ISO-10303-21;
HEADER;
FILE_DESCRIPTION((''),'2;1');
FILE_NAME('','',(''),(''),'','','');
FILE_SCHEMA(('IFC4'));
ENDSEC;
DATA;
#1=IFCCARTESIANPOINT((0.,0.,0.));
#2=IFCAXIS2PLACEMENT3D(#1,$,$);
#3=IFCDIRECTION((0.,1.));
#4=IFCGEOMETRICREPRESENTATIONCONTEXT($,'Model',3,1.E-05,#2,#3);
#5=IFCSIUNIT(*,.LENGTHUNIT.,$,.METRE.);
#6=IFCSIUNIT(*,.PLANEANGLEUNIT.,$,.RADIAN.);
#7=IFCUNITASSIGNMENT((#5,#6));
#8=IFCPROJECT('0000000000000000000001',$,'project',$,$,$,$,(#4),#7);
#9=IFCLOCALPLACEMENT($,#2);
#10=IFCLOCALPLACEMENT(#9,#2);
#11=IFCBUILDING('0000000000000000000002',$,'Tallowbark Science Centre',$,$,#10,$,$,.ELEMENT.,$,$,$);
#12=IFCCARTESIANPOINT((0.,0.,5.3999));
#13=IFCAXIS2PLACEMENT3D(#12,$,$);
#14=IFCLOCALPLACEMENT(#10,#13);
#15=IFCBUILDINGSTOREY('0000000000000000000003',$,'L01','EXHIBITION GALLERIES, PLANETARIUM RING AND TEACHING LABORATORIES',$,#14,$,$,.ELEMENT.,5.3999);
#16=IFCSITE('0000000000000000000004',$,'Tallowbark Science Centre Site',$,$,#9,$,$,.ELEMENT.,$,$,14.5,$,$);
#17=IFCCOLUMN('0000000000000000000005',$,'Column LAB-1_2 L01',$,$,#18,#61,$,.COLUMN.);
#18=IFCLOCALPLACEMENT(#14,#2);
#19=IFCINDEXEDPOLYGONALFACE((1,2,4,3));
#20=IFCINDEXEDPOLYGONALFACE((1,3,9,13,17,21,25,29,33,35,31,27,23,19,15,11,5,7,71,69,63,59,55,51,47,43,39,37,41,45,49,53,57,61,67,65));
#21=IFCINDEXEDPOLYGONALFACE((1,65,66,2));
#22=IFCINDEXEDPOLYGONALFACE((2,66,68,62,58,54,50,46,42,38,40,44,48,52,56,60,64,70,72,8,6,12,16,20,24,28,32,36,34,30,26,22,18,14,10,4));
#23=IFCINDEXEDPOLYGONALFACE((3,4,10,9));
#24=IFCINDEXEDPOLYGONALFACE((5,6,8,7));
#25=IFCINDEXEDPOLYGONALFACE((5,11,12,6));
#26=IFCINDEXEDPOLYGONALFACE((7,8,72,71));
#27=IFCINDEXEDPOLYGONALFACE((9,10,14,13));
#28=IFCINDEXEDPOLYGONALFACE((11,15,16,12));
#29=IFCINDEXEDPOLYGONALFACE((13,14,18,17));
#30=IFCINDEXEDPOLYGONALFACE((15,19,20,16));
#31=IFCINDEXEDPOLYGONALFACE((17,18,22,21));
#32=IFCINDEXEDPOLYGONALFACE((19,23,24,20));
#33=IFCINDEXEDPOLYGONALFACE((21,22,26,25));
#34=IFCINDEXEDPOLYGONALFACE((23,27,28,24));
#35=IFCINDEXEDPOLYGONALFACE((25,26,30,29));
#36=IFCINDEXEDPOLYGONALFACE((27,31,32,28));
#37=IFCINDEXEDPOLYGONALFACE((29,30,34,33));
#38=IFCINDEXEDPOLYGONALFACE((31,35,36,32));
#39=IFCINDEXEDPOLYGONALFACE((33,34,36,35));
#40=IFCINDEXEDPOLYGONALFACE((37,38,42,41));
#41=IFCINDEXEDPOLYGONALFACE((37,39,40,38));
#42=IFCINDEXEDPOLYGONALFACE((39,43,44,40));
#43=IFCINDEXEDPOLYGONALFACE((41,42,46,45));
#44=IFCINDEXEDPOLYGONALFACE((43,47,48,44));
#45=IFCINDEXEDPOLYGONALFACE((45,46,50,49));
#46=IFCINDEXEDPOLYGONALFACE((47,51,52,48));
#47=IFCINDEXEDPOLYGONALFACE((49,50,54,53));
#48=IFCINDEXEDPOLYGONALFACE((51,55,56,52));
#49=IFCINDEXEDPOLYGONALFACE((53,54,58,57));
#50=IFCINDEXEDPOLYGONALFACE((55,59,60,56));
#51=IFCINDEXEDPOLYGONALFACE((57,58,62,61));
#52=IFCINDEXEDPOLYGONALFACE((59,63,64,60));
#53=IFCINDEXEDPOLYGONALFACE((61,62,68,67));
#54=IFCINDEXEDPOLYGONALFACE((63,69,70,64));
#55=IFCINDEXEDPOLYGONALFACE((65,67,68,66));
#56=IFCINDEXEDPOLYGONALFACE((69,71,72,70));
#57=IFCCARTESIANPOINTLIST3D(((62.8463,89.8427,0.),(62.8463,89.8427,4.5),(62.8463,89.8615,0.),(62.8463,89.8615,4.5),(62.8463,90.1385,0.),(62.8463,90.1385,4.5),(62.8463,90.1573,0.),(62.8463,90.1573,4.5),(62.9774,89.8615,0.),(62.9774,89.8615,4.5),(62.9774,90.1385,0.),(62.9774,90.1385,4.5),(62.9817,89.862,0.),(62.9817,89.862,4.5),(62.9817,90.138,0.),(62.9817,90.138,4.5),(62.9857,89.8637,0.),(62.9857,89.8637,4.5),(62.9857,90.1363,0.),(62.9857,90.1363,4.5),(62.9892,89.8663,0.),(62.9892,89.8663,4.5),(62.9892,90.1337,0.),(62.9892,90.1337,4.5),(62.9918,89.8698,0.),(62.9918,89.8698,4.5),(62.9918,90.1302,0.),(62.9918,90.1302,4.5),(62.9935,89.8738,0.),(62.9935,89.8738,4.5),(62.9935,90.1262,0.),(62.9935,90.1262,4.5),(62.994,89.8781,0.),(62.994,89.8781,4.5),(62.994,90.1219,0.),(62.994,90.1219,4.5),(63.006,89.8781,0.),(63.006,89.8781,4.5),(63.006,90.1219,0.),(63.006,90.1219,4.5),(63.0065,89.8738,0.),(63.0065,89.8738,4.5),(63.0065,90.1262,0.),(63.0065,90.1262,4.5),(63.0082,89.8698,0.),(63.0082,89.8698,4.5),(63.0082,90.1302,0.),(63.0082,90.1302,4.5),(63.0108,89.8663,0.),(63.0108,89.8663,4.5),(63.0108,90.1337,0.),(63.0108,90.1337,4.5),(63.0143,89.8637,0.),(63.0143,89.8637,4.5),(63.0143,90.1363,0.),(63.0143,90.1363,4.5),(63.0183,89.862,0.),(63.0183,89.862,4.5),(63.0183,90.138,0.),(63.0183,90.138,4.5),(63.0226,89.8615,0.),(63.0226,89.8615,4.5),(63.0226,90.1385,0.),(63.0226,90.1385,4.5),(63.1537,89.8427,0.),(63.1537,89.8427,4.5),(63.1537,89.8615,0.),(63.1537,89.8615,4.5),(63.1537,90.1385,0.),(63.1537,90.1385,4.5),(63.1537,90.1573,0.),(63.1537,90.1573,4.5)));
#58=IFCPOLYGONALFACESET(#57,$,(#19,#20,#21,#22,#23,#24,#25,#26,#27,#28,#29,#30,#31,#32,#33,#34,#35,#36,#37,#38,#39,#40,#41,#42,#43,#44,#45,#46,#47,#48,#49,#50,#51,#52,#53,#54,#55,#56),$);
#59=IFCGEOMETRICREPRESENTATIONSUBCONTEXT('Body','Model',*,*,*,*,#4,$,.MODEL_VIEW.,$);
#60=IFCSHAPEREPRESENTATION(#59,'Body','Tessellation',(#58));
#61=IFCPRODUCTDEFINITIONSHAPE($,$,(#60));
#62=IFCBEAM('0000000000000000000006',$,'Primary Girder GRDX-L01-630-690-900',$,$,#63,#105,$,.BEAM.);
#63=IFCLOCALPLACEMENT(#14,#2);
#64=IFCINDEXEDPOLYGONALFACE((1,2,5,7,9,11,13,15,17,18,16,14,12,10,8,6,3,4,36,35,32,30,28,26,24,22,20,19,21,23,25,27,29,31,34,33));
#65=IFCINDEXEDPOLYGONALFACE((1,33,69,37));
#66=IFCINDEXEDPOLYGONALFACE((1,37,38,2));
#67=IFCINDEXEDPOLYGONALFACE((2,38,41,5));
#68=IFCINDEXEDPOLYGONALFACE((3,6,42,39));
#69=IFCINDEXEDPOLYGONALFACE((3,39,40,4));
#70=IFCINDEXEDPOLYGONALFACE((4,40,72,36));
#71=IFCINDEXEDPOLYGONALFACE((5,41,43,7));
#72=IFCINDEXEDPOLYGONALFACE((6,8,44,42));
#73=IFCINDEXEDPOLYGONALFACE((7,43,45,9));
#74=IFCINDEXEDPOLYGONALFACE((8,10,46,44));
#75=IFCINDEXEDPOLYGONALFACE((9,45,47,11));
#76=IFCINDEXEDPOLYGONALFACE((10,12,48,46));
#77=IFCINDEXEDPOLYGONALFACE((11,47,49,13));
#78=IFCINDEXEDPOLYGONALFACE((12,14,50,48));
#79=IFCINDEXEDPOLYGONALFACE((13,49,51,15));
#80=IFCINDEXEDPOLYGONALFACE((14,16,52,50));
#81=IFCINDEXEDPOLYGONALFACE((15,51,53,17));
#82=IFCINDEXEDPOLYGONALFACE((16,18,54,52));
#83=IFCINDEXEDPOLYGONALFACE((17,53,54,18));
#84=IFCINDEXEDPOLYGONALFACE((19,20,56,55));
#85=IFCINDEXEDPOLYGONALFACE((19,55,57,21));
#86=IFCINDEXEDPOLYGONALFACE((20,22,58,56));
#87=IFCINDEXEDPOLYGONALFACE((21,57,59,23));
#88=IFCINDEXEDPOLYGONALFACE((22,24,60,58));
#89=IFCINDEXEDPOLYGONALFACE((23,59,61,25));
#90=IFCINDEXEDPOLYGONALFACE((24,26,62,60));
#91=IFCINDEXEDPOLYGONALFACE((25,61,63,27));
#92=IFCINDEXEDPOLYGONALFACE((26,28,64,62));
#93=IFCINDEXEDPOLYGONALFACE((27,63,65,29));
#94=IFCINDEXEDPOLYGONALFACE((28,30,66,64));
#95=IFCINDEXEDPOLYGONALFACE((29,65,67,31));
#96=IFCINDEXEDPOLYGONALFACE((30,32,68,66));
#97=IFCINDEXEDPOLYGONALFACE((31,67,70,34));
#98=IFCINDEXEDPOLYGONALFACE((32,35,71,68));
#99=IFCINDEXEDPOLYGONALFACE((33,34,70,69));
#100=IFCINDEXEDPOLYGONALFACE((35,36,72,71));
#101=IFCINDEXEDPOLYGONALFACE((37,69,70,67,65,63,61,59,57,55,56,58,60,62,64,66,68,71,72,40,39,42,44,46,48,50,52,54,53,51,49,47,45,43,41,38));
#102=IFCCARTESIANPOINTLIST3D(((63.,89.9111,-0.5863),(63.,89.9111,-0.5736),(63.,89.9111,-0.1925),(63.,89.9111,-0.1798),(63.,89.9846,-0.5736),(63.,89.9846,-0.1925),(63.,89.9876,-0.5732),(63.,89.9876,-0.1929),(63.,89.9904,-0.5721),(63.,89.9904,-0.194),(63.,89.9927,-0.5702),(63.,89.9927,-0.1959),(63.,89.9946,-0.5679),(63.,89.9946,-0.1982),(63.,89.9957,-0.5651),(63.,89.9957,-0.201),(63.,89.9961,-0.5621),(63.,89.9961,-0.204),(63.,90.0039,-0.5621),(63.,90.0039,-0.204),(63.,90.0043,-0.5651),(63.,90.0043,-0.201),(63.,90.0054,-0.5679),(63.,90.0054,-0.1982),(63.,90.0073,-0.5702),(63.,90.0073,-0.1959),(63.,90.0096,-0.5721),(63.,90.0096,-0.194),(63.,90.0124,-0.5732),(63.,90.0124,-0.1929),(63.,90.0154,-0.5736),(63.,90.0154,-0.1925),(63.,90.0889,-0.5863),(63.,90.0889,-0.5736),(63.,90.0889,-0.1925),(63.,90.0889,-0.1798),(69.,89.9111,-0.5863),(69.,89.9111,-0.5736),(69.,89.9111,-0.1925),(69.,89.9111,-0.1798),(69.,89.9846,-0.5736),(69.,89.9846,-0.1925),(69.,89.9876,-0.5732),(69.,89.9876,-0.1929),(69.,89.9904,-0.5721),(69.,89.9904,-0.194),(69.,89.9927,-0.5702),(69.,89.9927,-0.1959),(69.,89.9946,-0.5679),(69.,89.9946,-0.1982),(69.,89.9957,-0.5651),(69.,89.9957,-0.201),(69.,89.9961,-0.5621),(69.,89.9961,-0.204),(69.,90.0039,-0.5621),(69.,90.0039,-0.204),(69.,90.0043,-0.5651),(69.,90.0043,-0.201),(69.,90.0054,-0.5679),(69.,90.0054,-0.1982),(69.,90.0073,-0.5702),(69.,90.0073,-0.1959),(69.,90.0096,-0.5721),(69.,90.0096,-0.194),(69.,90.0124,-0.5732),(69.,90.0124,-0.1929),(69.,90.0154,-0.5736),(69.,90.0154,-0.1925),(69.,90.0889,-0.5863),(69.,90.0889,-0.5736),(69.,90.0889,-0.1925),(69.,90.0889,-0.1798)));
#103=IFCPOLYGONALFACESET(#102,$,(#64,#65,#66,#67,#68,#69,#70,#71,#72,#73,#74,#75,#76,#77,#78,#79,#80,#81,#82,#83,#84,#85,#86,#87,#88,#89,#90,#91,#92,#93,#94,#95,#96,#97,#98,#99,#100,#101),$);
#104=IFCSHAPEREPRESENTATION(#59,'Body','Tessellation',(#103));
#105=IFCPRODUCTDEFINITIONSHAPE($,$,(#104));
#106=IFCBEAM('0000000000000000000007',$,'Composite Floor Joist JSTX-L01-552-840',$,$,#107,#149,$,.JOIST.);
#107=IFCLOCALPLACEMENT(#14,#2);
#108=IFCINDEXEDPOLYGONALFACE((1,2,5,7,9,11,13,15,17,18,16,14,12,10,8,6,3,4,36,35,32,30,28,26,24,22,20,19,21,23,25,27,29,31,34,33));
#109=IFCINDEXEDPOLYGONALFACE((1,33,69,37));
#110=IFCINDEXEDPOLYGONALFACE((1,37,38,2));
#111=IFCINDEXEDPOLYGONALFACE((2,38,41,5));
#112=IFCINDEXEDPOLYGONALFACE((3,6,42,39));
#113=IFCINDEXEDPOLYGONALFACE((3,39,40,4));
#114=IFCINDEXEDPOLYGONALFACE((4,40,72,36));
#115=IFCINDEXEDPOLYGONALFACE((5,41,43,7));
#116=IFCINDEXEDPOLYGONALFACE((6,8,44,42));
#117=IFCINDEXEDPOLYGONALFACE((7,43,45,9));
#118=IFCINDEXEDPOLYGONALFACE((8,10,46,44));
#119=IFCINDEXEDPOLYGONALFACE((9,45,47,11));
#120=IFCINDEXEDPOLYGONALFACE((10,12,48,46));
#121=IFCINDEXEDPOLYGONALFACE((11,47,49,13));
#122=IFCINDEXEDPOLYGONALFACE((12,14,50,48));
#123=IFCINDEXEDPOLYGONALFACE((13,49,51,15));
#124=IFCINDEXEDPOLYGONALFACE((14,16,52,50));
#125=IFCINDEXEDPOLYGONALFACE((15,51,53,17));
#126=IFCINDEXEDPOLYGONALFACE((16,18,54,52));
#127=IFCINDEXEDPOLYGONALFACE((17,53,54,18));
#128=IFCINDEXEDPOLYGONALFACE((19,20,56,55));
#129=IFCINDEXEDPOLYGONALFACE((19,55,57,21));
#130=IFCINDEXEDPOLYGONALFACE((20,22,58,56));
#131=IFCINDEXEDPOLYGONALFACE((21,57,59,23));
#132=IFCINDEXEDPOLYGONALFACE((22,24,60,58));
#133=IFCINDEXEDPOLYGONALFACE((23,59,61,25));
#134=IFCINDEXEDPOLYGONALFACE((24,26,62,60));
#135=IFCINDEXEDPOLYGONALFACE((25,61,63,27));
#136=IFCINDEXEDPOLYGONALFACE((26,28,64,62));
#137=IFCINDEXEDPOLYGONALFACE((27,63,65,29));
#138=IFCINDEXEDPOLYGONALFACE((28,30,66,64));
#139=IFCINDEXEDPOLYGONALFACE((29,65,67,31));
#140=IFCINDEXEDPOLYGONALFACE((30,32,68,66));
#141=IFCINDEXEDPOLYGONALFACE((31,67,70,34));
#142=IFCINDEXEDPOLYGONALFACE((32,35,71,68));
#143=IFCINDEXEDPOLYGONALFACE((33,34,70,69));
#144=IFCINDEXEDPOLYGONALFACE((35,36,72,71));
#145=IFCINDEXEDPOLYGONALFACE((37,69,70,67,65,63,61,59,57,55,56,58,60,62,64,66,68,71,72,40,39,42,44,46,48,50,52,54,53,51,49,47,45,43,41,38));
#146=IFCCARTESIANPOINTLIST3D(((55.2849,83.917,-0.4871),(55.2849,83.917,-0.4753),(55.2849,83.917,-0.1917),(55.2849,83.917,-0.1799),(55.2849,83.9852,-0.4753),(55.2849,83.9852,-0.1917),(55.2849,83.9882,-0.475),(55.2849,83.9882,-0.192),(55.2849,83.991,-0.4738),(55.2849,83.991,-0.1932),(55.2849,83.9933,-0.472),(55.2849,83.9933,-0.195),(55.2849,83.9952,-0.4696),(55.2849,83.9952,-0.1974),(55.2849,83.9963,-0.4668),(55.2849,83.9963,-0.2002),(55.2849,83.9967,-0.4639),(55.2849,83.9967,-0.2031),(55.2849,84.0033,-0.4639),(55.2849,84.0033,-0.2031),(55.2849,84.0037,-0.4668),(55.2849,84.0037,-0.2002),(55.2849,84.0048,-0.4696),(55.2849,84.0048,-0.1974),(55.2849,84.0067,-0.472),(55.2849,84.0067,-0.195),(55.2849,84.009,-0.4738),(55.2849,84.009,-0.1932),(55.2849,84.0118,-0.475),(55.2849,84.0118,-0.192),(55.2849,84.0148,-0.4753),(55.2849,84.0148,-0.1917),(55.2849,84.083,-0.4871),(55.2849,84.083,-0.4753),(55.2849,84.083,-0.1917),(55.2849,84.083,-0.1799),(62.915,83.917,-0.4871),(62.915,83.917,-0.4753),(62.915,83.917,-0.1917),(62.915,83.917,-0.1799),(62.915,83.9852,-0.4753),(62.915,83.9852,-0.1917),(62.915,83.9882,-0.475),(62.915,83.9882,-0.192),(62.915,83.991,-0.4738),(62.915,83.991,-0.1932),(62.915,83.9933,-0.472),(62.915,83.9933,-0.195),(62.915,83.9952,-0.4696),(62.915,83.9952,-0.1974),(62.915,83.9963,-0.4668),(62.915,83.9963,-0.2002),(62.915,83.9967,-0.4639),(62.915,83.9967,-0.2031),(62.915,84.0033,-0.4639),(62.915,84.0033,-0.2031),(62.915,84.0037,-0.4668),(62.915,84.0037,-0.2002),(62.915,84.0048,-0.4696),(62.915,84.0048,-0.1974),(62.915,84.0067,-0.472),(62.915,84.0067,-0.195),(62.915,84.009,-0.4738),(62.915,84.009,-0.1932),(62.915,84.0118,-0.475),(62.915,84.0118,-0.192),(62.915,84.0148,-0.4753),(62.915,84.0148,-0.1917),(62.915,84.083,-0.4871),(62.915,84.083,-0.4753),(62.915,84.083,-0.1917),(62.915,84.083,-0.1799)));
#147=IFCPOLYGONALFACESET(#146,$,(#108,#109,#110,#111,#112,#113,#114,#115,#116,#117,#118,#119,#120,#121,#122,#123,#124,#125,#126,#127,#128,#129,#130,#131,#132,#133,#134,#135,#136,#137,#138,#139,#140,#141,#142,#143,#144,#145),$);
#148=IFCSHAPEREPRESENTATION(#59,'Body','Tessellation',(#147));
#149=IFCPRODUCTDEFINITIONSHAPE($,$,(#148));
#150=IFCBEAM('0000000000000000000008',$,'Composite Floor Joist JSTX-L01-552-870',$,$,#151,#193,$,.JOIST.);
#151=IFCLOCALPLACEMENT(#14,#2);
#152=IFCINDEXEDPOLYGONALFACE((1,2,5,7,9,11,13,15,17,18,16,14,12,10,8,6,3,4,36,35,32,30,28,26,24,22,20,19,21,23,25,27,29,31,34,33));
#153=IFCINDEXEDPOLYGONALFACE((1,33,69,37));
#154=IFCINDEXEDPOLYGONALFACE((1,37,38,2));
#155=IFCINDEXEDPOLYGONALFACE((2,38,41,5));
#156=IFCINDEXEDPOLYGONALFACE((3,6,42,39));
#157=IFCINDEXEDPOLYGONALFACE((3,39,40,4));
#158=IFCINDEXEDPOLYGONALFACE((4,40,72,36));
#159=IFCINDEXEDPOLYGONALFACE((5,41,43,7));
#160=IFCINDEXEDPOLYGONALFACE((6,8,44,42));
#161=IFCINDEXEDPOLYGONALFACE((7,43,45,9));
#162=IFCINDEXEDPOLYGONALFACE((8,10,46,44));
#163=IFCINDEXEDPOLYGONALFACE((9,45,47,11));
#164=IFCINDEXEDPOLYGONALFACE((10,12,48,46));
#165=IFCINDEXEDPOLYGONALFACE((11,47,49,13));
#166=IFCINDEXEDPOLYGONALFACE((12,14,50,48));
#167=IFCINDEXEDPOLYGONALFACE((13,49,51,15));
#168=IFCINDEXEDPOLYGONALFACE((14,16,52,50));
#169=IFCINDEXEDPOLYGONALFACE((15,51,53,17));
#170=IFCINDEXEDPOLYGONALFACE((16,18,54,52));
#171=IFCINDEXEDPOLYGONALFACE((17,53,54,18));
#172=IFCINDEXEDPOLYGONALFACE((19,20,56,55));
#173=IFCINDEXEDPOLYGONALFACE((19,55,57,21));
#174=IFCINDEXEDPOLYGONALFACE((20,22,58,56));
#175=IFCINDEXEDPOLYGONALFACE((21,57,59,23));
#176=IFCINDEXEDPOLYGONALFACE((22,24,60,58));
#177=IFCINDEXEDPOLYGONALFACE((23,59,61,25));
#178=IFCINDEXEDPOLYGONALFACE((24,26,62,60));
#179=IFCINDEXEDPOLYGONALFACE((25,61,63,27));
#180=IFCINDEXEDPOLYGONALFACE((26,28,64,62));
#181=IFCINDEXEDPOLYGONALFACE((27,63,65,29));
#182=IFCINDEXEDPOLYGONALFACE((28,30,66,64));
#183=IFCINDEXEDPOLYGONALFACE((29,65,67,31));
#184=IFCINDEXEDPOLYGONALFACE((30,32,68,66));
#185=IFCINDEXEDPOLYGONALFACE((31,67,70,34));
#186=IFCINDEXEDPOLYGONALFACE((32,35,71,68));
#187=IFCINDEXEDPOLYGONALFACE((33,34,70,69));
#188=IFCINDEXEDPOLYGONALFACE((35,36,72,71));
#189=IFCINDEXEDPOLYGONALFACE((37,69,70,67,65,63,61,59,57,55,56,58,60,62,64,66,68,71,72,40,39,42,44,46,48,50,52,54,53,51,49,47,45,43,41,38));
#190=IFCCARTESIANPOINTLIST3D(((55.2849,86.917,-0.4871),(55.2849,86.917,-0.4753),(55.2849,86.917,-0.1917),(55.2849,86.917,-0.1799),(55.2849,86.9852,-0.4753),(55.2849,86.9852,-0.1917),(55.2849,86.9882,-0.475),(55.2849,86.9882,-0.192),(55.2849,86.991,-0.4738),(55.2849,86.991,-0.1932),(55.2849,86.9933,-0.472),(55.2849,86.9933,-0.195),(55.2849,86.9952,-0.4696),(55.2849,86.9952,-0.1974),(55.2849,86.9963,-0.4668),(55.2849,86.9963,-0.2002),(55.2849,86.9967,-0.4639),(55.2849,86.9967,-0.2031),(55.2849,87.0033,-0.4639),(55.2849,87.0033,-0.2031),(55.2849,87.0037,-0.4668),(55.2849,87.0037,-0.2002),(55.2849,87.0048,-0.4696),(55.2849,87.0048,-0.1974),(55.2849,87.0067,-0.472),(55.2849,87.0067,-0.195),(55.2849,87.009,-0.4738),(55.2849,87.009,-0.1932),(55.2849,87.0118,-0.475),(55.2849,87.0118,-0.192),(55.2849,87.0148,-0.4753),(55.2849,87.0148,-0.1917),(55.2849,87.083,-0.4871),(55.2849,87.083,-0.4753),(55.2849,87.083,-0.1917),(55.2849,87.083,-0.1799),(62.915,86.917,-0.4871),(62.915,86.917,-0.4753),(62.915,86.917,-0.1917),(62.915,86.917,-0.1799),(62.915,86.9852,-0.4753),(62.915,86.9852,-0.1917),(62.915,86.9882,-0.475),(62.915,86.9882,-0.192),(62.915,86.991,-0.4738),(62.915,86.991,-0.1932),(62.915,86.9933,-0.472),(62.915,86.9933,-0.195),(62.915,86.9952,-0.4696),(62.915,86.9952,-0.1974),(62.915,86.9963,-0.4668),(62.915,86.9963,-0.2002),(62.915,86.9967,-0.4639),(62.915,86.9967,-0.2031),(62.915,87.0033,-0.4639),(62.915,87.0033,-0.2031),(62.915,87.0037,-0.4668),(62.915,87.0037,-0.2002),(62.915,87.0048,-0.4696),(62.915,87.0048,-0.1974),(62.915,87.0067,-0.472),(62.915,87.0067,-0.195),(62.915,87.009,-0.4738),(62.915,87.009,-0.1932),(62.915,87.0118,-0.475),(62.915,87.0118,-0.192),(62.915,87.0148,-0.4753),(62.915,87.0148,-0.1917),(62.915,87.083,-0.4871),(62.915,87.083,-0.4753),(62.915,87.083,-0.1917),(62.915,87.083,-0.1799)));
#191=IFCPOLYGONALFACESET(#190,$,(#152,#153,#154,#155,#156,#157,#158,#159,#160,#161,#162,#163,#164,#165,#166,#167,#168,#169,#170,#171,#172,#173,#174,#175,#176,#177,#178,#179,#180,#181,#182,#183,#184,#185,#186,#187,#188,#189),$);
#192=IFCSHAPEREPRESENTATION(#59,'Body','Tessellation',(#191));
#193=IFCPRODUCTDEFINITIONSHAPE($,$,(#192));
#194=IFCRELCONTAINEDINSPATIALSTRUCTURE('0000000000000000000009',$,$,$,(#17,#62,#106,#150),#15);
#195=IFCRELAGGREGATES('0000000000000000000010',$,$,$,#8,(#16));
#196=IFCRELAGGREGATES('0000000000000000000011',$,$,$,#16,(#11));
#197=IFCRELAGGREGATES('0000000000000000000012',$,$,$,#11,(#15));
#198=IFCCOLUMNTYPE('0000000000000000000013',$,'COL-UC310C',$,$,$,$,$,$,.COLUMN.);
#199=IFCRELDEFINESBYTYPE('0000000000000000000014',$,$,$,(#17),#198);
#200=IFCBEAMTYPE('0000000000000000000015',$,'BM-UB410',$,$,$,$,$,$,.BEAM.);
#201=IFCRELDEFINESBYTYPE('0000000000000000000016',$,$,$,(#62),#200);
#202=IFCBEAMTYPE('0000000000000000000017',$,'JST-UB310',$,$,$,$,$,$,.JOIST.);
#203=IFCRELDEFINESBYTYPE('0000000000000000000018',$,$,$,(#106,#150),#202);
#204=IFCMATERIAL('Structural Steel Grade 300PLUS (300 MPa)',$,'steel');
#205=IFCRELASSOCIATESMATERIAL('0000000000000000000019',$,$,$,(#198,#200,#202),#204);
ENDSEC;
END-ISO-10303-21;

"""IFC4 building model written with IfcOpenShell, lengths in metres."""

from ifc_helpers import new_model, si_unit, direction, frame, origin, origin_2d, place, context, subcontext, project, spatial, i_section, extrude, material, material_profile, profile_set, type_object, element, save


model = new_model("IFC4")

# Units and contexts
model_context = context("Model", 3, precision=1e-05, world=origin(), true_north=direction((0.0, 1.0)))
body_context = subcontext(model_context, "Body", "Model", "MODEL_VIEW")
ifc_project = project(units=[si_unit("LENGTHUNIT", "METRE"), si_unit("PLANEANGLEUNIT", "RADIAN")], contexts=[model_context])

# Site, building, storey
site_placement = place(None, origin())
site = spatial("IfcSite", under=ifc_project, at=site_placement, Name="Tallowbark Science Centre Site", CompositionType="ELEMENT", RefElevation=14.5)
building_placement = place(site_placement, origin())
building = spatial("IfcBuilding", under=site, at=building_placement, Name="Tallowbark Science Centre", CompositionType="ELEMENT")
storey_placement = place(building_placement, frame((0.0, 0.0, 5.3999)))
storey = spatial("IfcBuildingStorey", under=building, at=storey_placement, Name="L01", Description="EXHIBITION GALLERIES, PLANETARIUM RING AND TEACHING LABORATORIES", CompositionType="ELEMENT", Elevation=5.3999)

# Column
ifc_material_1 = material(Name="Structural Steel Grade 300PLUS (300 MPa)", Category="steel")
ifc_material_profile_1 = material_profile(ifc_material_1, i_section(OverallWidth=0.3074, OverallDepth=0.3147, WebThickness=0.012, FlangeThickness=0.0188, FilletRadius=0.0166, at=origin_2d()), Name="310UC118")
ifc_profile_set_1 = profile_set([ifc_material_profile_1], Name="Structural Steel Grade 300PLUS (300 MPa)")
column_type = type_object("IfcColumnType", Name="COL-UC310C", PredefinedType="COLUMN", material=ifc_profile_set_1)
column_placement = place(storey_placement, frame((63.0, 90.0, 0.0), z_axis=(0.0, 0.0, 1.0), x_axis=(1.0, 0.0, 0.0)))
element("IfcColumn", 1, at=column_placement, inside=storey, type_object=column_type, Name="Column LAB-1_2 L01", PredefinedType="COLUMN", context=body_context, shape_type="SweptSolid", body=[
    extrude(i_section(OverallWidth=0.3074, OverallDepth=0.3147, WebThickness=0.012, FlangeThickness=0.0188, FilletRadius=0.0166, at=origin_2d()), origin(), (0.0, 0.0, 1.0), 4.5),
])

# Beams
ifc_material_profile_2 = material_profile(ifc_material_1, i_section(OverallWidth=0.1777, OverallDepth=0.4065, WebThickness=0.0078, FlangeThickness=0.0127, FilletRadius=0.0115, at=origin_2d()), Name="410UB59.7")
ifc_profile_set_2 = profile_set([ifc_material_profile_2], Name="Structural Steel Grade 300PLUS (300 MPa)")
beam_type_1 = type_object("IfcBeamType", Name="BM-UB410", PredefinedType="BEAM", material=ifc_profile_set_2)
beam_placement = place(storey_placement, frame((63.0, 90.0, -0.3831), z_axis=(1.0, 0.0, 0.0), x_axis=(0.0, 1.0, 0.0)))
element("IfcBeam", 2, at=beam_placement, inside=storey, type_object=beam_type_1, Name="Primary Girder GRDX-L01-630-690-900", PredefinedType="BEAM", context=body_context, shape_type="SweptSolid", body=[
    extrude(i_section(OverallWidth=0.1777, OverallDepth=0.4065, WebThickness=0.0078, FlangeThickness=0.0127, FilletRadius=0.0115, at=origin_2d()), origin(), (0.0, 0.0, 1.0), 6.0),
])
ifc_material_profile_3 = material_profile(ifc_material_1, i_section(OverallWidth=0.166, OverallDepth=0.3071, WebThickness=0.0066, FlangeThickness=0.0117, FilletRadius=0.0115, at=origin_2d()), Name="310UB46.2")
ifc_profile_set_3 = profile_set([ifc_material_profile_3], Name="Structural Steel Grade 300PLUS (300 MPa)")
beam_type_2 = type_object("IfcBeamType", Name="JST-UB310", PredefinedType="JOIST", material=ifc_profile_set_3)
for number, where, z_axis, x_axis, name in (
    (3, (55.2849, 84.0, -0.3335), (1.0, 0.0, 0.0), (0.0, 1.0, 0.0), "Composite Floor Joist JSTX-L01-552-840"),
    (4, (55.2849, 87.0, -0.3335), (1.0, 0.0, 0.0), (0.0, 1.0, 0.0), "Composite Floor Joist JSTX-L01-552-870"),
):
    element("IfcBeam", number, at=place(storey_placement, frame(where, z_axis=z_axis, x_axis=x_axis)), inside=storey, type_object=beam_type_2, Name=name, PredefinedType="JOIST", context=body_context, shape_type="SweptSolid", body=[
        extrude(i_section(OverallWidth=0.166, OverallDepth=0.3071, WebThickness=0.0066, FlangeThickness=0.0117, FilletRadius=0.0115, at=origin_2d()), origin(), (0.0, 0.0, 1.0), 7.6301),
    ])

save(model, "model.ifc")
